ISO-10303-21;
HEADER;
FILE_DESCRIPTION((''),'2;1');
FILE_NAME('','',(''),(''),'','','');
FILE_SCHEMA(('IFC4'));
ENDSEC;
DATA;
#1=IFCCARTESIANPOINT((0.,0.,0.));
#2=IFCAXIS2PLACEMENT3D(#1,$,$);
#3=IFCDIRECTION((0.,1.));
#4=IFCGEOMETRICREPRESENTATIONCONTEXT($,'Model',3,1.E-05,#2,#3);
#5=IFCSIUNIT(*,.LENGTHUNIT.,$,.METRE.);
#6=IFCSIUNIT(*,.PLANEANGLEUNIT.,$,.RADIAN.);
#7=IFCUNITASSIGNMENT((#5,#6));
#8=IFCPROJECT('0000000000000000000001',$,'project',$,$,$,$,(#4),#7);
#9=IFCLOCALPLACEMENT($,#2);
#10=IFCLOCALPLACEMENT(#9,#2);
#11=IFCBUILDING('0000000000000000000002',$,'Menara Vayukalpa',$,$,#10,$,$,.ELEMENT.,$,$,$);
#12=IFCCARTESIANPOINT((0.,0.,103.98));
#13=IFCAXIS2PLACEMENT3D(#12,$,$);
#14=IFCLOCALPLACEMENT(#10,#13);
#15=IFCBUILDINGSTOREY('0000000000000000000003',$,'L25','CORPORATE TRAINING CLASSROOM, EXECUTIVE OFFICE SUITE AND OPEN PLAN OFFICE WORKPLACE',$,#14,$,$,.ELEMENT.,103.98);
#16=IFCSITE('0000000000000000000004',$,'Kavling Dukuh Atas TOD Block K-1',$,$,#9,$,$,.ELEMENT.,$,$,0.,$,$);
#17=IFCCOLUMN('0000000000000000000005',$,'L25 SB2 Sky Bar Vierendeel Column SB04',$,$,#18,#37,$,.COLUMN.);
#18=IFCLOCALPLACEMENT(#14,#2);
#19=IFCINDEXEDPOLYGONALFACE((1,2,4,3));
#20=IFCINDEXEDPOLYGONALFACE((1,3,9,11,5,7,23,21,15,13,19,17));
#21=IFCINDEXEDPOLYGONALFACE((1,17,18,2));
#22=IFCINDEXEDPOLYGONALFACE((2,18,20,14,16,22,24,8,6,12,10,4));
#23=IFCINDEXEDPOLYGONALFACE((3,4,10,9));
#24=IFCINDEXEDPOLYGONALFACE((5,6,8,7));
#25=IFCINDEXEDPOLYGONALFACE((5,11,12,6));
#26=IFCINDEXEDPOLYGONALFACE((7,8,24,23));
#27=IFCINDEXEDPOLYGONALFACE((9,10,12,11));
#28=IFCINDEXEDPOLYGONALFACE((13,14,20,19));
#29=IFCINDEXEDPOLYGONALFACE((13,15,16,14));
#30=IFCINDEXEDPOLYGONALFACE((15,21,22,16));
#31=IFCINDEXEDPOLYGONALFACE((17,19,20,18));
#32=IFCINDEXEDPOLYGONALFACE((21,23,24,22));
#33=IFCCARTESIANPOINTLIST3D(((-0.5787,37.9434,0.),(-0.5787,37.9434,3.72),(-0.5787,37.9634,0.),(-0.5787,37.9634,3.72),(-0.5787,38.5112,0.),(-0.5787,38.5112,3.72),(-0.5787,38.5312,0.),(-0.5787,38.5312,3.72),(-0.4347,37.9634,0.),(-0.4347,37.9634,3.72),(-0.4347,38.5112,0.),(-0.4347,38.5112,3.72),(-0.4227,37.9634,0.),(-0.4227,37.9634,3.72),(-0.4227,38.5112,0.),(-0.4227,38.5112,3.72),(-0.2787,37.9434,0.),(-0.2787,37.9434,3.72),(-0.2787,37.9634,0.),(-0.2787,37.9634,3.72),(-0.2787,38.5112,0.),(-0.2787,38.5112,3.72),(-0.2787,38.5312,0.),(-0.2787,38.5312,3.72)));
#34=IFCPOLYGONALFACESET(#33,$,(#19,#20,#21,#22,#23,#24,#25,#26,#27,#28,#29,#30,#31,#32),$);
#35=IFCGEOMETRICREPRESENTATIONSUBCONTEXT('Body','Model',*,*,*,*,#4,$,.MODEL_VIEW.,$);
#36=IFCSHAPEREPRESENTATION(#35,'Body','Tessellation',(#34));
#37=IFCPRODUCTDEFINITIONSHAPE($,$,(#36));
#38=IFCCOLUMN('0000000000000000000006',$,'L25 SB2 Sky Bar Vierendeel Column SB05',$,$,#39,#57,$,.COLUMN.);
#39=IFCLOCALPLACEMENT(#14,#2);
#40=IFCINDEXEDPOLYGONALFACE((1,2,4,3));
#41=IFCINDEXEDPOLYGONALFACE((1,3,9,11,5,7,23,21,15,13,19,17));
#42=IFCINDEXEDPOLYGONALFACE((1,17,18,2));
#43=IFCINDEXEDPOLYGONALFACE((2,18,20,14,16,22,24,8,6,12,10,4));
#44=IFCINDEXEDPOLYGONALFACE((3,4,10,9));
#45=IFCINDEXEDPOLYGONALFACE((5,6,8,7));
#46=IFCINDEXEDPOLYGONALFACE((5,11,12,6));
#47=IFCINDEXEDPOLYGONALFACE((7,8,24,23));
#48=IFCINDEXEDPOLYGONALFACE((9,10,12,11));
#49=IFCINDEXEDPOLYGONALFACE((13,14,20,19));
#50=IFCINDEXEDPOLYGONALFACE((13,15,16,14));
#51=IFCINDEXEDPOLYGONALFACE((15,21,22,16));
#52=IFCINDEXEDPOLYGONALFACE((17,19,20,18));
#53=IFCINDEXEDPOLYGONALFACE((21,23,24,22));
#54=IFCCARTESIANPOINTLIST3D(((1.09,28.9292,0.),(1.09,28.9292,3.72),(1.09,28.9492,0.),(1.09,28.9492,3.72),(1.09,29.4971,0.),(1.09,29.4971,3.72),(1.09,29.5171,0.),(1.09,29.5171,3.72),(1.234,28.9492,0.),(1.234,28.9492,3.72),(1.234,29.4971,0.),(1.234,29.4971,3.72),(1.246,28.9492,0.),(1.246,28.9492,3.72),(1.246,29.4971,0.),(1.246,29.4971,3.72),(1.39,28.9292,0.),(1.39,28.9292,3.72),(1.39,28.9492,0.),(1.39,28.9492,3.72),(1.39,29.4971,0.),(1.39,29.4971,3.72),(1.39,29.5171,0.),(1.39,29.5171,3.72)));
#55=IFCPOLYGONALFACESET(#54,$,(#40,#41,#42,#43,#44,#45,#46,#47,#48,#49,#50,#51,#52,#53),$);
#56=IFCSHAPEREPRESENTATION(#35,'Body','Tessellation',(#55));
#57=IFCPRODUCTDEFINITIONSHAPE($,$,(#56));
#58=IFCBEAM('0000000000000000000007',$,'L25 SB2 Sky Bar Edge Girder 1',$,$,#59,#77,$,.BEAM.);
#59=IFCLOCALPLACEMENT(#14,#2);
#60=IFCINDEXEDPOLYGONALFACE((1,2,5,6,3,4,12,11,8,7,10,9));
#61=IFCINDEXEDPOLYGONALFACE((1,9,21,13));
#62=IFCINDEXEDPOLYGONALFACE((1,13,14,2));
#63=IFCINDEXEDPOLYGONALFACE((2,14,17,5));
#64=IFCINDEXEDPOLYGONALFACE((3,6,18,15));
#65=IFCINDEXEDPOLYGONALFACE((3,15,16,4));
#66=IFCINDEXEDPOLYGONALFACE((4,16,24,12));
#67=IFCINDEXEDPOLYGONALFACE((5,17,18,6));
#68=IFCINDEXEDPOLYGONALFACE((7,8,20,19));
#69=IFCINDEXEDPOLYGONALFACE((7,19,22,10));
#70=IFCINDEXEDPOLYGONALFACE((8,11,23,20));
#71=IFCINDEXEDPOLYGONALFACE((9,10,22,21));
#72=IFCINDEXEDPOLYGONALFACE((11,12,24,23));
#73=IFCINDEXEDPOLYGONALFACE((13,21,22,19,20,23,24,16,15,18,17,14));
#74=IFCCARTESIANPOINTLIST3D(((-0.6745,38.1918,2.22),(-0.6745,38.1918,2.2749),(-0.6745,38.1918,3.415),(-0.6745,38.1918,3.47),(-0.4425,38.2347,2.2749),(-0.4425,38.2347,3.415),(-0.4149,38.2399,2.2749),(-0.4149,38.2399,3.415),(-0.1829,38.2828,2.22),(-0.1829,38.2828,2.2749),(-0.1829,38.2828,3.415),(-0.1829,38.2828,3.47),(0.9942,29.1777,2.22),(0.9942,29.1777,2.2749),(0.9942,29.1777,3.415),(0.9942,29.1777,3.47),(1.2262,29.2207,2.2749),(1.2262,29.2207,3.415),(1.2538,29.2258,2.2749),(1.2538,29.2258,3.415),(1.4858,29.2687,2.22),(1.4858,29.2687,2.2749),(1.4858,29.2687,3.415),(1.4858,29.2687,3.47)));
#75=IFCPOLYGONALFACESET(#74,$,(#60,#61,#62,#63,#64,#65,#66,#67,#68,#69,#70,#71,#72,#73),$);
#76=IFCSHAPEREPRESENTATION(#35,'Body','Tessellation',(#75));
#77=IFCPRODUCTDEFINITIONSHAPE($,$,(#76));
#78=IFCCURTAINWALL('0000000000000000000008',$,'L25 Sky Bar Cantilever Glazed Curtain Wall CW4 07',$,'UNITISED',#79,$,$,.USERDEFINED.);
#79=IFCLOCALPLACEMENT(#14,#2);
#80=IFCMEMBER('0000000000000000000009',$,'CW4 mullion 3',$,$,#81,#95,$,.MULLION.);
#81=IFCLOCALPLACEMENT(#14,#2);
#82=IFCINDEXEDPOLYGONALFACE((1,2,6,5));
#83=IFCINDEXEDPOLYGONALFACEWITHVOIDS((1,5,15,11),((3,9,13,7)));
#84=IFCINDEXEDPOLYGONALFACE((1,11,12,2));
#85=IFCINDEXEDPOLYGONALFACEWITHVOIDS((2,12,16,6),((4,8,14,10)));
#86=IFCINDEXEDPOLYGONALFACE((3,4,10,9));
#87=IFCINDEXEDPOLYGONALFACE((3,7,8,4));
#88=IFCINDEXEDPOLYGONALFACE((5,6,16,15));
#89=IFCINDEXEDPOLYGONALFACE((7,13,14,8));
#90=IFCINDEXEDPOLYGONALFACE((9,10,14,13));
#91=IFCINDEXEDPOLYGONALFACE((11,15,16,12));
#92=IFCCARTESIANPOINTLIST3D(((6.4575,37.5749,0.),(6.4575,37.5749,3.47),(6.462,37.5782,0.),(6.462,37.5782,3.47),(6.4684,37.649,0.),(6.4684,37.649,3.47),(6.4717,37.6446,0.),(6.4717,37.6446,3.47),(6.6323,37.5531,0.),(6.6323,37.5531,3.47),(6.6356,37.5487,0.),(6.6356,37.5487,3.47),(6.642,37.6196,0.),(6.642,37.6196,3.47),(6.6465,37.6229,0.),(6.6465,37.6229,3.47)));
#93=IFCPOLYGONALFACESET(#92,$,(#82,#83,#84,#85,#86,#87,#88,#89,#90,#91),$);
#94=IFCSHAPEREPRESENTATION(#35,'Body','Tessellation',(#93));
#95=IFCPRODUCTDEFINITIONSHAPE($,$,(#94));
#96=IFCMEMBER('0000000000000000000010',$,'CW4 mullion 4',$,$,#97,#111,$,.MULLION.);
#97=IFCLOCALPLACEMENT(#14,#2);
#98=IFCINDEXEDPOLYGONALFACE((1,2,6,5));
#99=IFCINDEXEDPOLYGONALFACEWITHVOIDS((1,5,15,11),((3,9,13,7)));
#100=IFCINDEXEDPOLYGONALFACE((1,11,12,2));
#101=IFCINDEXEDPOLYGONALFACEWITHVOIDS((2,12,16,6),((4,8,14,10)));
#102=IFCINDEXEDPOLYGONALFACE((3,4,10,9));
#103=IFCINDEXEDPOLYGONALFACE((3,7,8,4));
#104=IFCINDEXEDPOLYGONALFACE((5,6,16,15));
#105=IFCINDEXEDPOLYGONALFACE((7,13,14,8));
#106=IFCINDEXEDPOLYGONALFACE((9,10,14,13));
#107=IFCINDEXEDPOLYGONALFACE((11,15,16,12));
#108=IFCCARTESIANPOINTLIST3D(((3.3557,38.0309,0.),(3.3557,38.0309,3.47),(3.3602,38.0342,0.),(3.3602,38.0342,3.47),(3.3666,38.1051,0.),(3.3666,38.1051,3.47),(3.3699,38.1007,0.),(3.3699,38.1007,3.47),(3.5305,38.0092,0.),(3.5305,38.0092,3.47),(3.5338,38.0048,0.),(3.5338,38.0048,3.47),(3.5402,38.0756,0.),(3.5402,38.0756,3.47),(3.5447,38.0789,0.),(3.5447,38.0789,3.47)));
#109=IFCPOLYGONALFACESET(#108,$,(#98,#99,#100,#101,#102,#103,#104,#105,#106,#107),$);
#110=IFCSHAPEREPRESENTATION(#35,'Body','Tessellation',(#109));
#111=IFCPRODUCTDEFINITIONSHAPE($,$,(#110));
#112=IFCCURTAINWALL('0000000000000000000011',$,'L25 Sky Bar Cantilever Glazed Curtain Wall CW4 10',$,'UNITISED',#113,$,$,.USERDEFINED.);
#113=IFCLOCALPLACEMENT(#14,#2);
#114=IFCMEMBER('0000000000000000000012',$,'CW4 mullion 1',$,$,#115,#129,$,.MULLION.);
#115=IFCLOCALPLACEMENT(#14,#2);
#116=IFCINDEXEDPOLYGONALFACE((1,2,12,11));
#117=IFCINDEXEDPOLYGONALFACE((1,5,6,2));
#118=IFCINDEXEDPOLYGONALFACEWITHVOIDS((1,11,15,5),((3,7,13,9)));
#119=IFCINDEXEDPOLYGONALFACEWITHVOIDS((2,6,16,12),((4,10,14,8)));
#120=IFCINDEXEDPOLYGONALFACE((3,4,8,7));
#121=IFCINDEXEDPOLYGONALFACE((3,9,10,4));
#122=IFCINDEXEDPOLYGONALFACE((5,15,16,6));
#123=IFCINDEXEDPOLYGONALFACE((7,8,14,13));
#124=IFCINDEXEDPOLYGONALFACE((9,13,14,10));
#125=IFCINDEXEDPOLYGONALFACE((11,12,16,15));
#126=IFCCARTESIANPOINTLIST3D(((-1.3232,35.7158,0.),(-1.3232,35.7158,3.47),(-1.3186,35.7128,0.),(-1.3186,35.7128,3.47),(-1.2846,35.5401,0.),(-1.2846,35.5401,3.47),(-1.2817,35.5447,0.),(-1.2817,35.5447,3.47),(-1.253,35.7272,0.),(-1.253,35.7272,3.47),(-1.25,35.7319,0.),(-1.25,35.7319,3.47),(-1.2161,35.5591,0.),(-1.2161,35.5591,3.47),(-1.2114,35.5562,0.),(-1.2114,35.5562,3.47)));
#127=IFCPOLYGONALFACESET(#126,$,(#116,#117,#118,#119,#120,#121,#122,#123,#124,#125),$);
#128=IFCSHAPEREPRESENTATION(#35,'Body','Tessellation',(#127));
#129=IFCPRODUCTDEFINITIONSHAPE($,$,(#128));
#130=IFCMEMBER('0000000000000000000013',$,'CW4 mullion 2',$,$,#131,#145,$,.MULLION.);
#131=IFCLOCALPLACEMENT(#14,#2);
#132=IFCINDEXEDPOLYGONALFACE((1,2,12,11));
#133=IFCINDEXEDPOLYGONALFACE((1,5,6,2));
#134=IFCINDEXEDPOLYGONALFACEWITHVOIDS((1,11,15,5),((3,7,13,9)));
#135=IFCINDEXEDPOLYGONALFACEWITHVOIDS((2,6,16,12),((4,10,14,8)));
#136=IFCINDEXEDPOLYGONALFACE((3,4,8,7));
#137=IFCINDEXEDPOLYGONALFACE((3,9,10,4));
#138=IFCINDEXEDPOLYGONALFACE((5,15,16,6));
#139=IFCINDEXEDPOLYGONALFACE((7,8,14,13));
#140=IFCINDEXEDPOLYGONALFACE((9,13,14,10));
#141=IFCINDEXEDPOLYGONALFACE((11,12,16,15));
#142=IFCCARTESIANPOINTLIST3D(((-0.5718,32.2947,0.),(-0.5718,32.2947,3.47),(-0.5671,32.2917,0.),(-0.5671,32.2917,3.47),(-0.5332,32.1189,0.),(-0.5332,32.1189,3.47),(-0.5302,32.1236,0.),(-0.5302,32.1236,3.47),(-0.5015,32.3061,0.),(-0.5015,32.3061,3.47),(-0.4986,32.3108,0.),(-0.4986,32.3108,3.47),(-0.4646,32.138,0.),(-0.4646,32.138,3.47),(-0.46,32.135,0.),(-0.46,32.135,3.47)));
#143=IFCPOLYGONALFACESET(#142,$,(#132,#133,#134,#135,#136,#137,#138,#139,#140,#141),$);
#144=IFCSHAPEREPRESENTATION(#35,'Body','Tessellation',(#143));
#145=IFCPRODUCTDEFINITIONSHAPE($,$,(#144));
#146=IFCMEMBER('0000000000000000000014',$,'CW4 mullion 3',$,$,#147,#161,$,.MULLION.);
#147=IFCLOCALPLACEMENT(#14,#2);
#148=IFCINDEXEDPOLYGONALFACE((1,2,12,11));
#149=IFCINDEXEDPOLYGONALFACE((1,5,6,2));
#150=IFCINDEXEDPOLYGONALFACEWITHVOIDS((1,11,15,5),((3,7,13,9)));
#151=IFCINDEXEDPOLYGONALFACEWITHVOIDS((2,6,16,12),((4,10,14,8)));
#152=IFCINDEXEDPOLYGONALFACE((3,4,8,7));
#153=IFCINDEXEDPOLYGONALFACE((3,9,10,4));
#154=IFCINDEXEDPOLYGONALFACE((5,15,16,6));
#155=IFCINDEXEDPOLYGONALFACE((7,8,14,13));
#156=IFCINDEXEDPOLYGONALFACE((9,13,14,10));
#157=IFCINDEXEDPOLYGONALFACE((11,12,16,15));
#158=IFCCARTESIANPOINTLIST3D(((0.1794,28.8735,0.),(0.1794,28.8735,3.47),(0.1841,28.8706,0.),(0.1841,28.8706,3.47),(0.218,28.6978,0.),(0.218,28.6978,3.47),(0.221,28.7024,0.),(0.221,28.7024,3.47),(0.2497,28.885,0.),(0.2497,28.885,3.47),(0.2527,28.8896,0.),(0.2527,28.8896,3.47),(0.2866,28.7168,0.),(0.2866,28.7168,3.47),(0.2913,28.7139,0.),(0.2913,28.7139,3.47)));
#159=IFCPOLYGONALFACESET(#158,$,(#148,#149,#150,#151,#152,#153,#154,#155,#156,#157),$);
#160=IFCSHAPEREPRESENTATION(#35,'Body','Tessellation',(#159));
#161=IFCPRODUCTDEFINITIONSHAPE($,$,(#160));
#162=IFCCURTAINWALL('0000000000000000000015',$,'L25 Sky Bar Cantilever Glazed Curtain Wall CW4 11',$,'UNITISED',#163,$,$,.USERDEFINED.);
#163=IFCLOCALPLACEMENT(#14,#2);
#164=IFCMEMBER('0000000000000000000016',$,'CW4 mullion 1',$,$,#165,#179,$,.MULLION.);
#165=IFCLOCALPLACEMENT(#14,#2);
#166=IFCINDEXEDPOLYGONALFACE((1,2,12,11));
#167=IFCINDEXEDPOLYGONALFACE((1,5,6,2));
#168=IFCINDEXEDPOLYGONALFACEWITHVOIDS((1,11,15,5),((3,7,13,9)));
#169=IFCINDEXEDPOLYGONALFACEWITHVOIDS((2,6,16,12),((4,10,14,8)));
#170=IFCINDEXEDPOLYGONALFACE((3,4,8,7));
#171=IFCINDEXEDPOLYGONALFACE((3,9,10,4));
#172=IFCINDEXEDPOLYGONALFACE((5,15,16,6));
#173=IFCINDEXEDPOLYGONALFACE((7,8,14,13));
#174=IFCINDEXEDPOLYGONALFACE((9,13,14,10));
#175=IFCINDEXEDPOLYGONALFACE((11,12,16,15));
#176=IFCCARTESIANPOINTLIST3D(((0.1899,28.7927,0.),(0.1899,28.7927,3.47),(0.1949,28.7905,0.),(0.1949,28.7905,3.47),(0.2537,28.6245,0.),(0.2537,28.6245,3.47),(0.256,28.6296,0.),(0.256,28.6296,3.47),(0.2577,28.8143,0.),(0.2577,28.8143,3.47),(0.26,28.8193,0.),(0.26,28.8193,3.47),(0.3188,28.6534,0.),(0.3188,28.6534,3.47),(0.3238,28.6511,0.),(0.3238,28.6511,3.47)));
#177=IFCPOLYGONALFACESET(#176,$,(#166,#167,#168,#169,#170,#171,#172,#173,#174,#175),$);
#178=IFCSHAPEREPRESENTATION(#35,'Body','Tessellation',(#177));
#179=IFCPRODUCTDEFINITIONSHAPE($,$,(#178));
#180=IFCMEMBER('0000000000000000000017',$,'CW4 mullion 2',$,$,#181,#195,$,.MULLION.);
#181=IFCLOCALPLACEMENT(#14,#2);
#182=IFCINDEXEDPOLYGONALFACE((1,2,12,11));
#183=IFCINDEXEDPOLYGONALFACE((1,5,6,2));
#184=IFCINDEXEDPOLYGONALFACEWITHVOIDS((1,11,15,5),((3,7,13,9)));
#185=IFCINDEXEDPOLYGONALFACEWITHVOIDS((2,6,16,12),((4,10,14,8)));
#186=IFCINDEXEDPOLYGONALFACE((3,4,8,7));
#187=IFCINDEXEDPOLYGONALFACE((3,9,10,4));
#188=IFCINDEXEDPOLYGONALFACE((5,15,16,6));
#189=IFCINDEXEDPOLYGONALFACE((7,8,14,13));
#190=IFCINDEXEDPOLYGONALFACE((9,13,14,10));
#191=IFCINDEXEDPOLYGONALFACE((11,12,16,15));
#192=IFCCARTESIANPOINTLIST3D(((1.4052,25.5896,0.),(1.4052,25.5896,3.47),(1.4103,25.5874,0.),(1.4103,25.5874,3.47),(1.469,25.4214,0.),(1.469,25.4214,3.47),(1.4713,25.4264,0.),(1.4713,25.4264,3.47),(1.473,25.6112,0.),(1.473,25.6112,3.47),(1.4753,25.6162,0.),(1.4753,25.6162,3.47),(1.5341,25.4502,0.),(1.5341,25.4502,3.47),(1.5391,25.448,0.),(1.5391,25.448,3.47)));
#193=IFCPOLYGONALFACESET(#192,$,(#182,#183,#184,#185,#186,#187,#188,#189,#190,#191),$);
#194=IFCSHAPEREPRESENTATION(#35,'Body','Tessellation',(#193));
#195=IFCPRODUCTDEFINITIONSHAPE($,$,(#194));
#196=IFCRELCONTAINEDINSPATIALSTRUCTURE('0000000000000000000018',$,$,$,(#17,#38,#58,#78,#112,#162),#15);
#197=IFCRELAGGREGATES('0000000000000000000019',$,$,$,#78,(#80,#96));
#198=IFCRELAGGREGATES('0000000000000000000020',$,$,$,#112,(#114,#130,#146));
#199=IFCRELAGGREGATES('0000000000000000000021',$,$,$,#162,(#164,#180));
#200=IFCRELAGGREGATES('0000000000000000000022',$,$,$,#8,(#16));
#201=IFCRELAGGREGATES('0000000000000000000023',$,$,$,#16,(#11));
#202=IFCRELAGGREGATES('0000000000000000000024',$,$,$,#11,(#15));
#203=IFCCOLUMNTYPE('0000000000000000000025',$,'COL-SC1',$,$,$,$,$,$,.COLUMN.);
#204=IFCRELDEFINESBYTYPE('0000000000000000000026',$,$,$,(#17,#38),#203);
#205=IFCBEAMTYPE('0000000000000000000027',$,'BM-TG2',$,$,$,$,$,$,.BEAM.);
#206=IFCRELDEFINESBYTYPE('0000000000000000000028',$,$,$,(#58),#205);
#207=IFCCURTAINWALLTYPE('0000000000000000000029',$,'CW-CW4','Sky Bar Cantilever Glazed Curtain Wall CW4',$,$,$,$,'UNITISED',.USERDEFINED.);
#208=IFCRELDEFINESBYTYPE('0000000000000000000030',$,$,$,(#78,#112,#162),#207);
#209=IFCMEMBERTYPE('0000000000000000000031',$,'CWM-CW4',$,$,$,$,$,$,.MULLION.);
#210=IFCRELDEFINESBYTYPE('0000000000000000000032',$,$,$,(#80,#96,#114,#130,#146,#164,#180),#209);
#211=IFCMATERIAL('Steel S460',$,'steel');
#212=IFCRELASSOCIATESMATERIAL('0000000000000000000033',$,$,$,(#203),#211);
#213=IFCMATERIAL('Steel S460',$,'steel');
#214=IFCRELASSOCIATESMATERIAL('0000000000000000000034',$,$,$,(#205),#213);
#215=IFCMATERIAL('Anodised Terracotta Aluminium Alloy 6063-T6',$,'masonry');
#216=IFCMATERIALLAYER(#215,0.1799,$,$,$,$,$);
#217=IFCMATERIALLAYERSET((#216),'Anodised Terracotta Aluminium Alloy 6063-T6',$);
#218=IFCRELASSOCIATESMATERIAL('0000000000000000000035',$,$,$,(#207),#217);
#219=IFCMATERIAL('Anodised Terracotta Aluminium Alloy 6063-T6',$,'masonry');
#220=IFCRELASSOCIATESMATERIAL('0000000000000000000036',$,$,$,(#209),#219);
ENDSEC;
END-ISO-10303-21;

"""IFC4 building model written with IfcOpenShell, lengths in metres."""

from ifc_helpers import new_model, si_unit, direction, frame, origin, origin_2d, place, context, subcontext, project, spatial, hollow_rectangle, i_section, extrude, material, layer, layer_set, material_profile, profile_set, type_object, element, aggregate, save


model = new_model("IFC4")

# Units and contexts
model_context = context("Model", 3, precision=1e-05, world=origin(), true_north=direction((0.0, 1.0)))
body_context = subcontext(model_context, "Body", "Model", "MODEL_VIEW")
ifc_project = project(units=[si_unit("LENGTHUNIT", "METRE"), si_unit("PLANEANGLEUNIT", "RADIAN")], contexts=[model_context])

# Site, building, storey
site_placement = place(None, origin())
site = spatial("IfcSite", under=ifc_project, at=site_placement, Name="Kavling Dukuh Atas TOD Block K-1", CompositionType="ELEMENT", RefElevation=0.0)
building_placement = place(site_placement, origin())
building = spatial("IfcBuilding", under=site, at=building_placement, Name="Menara Vayukalpa", CompositionType="ELEMENT")
storey_placement = place(building_placement, frame((0.0, 0.0, 103.98)))
storey = spatial("IfcBuildingStorey", under=building, at=storey_placement, Name="L25", Description="CORPORATE TRAINING CLASSROOM, EXECUTIVE OFFICE SUITE AND OPEN PLAN OFFICE WORKPLACE", CompositionType="ELEMENT", Elevation=103.98)

# Columns
ifc_material_1 = material(Name="Steel S460", Category="steel")
ifc_material_profile_1 = material_profile(ifc_material_1, i_section(OverallWidth=0.3, OverallDepth=0.5879, WebThickness=0.012, FlangeThickness=0.02, at=origin_2d()), Name="H 588x300x12x20")
ifc_profile_set_1 = profile_set([ifc_material_profile_1], Name="Steel S460")
column_type = type_object("IfcColumnType", Name="COL-SC1", PredefinedType="COLUMN", material=ifc_profile_set_1)
for number, where, z_axis, x_axis, name in (
    (1, (-0.4287, 38.2373, 0.0), (0.0, 0.0, 1.0), (1.0, 0.0, 0.0), "L25 SB2 Sky Bar Vierendeel Column SB04"),
    (2, (1.24, 29.2231, 0.0), (0.0, 0.0, 1.0), (1.0, 0.0, 0.0), "L25 SB2 Sky Bar Vierendeel Column SB05"),
):
    element("IfcColumn", number, at=place(storey_placement, frame(where, z_axis=z_axis, x_axis=x_axis)), inside=storey, type_object=column_type, Name=name, PredefinedType="COLUMN", context=body_context, shape_type="SweptSolid", body=[
        extrude(i_section(OverallWidth=0.3, OverallDepth=0.5879, WebThickness=0.012, FlangeThickness=0.02, at=origin_2d()), origin(), (0.0, 0.0, 1.0), 3.72),
    ])

# Beam
ifc_material_2 = material(Name="Steel S460", Category="steel")
ifc_material_profile_2 = material_profile(ifc_material_2, i_section(OverallWidth=0.5, OverallDepth=1.25, WebThickness=0.0281, FlangeThickness=0.0549, at=origin_2d()), Name="WG 1250x500x28x55")
ifc_profile_set_2 = profile_set([ifc_material_profile_2], Name="Steel S460")
beam_type = type_object("IfcBeamType", Name="BM-TG2", PredefinedType="BEAM", material=ifc_profile_set_2)
beam_placement = place(storey_placement, frame((-0.4287, 38.2373, 2.845), z_axis=(0.182027, -0.983293, 0.0), x_axis=(0.983293, 0.182027, 0.0)))
element("IfcBeam", 3, at=beam_placement, inside=storey, type_object=beam_type, Name="L25 SB2 Sky Bar Edge Girder 1", PredefinedType="BEAM", context=body_context, shape_type="SweptSolid", body=[
    extrude(i_section(OverallWidth=0.5, OverallDepth=1.25, WebThickness=0.0281, FlangeThickness=0.0549, at=origin_2d()), origin(), (0.0, 0.0, 1.0), 9.1672),
])

# Curtain walls, members
ifc_material_3 = material(Name="Anodised Terracotta Aluminium Alloy 6063-T6", Category="masonry")
ifc_layer_1 = layer(ifc_material_3, 0.1799)
ifc_layer_set_1 = layer_set([ifc_layer_1], Name="Anodised Terracotta Aluminium Alloy 6063-T6")
curtain_wall_type = type_object("IfcCurtainWallType", Name="CW-CW4", Description="Sky Bar Cantilever Glazed Curtain Wall CW4", ElementType="UNITISED", PredefinedType="USERDEFINED", material=ifc_layer_set_1)
curtain_wall_1_placement = place(storey_placement, origin())
curtain_wall_1 = element("IfcCurtainWall", 4, at=curtain_wall_1_placement, inside=storey, type_object=curtain_wall_type, Name="L25 Sky Bar Cantilever Glazed Curtain Wall CW4 07", ObjectType="UNITISED", PredefinedType="USERDEFINED")
ifc_material_4 = material(Name="Anodised Terracotta Aluminium Alloy 6063-T6", Category="masonry")
ifc_material_profile_3 = material_profile(ifc_material_4, hollow_rectangle(XDim=0.075, YDim=0.1799, WallThickness=0.0039, at=origin_2d()), Name="ALU 75x180x4")
ifc_profile_set_3 = profile_set([ifc_material_profile_3], Name="Anodised Terracotta Aluminium Alloy 6063-T6")
member_type_1 = type_object("IfcMemberType", Name="CWM-CW4", PredefinedType="MULLION", material=ifc_profile_set_3)
member_1_placement = place(storey_placement, frame((6.552, 37.5989, 0.0), z_axis=(0.0, 0.0, 1.0), x_axis=(-0.145451, -0.989365, 0.0)))
member_1 = element("IfcMember", 5, at=member_1_placement, type_object=member_type_1, Name="CW4 mullion 3", PredefinedType="MULLION", context=body_context, shape_type="SweptSolid", body=[
    extrude(hollow_rectangle(XDim=0.075, YDim=0.1799, WallThickness=0.0039, at=origin_2d()), origin(), (0.0, 0.0, 1.0), 3.47),
])
member_2_placement = place(storey_placement, frame((3.4502, 38.0549, 0.0), z_axis=(0.0, 0.0, 1.0), x_axis=(-0.145451, -0.989365, 0.0)))
member_2 = element("IfcMember", 6, at=member_2_placement, type_object=member_type_1, Name="CW4 mullion 4", PredefinedType="MULLION", context=body_context, shape_type="SweptSolid", body=[
    extrude(hollow_rectangle(XDim=0.075, YDim=0.1799, WallThickness=0.0039, at=origin_2d()), origin(), (0.0, 0.0, 1.0), 3.47),
])
curtain_wall_2_placement = place(storey_placement, origin())
curtain_wall_2 = element("IfcCurtainWall", 7, at=curtain_wall_2_placement, inside=storey, type_object=curtain_wall_type, Name="L25 Sky Bar Cantilever Glazed Curtain Wall CW4 10", ObjectType="UNITISED", PredefinedType="USERDEFINED")
member_3_placement = place(storey_placement, frame((-1.2673, 35.636, 0.0), z_axis=(0.0, 0.0, 1.0), x_axis=(0.976722, 0.21451, 0.0)))
member_3 = element("IfcMember", 8, at=member_3_placement, type_object=member_type_1, Name="CW4 mullion 1", PredefinedType="MULLION", context=body_context, shape_type="SweptSolid", body=[
    extrude(hollow_rectangle(XDim=0.075, YDim=0.1799, WallThickness=0.0039, at=origin_2d()), origin(), (0.0, 0.0, 1.0), 3.47),
])
member_4_placement = place(storey_placement, frame((-0.5159, 32.2148, 0.0), z_axis=(0.0, 0.0, 1.0), x_axis=(0.976722, 0.21451, 0.0)))
member_4 = element("IfcMember", 9, at=member_4_placement, type_object=member_type_1, Name="CW4 mullion 2", PredefinedType="MULLION", context=body_context, shape_type="SweptSolid", body=[
    extrude(hollow_rectangle(XDim=0.075, YDim=0.1799, WallThickness=0.0039, at=origin_2d()), origin(), (0.0, 0.0, 1.0), 3.47),
])
member_5_placement = place(storey_placement, frame((0.2354, 28.7937, 0.0), z_axis=(0.0, 0.0, 1.0), x_axis=(0.976722, 0.21451, 0.0)))
member_5 = element("IfcMember", 10, at=member_5_placement, type_object=member_type_1, Name="CW4 mullion 3", PredefinedType="MULLION", context=body_context, shape_type="SweptSolid", body=[
    extrude(hollow_rectangle(XDim=0.075, YDim=0.1799, WallThickness=0.0039, at=origin_2d()), origin(), (0.0, 0.0, 1.0), 3.47),
])
curtain_wall_3_placement = place(storey_placement, origin())
curtain_wall_3 = element("IfcCurtainWall", 11, at=curtain_wall_3_placement, inside=storey, type_object=curtain_wall_type, Name="L25 Sky Bar Cantilever Glazed Curtain Wall CW4 11", ObjectType="UNITISED", PredefinedType="USERDEFINED")
member_6_placement = place(storey_placement, frame((0.2568, 28.7219, 0.0), z_axis=(0.0, 0.0, 1.0), x_axis=(0.934964, 0.354742, 0.0)))
member_6 = element("IfcMember", 12, at=member_6_placement, type_object=member_type_1, Name="CW4 mullion 1", PredefinedType="MULLION", context=body_context, shape_type="SweptSolid", body=[
    extrude(hollow_rectangle(XDim=0.075, YDim=0.1799, WallThickness=0.0039, at=origin_2d()), origin(), (0.0, 0.0, 1.0), 3.47),
])
member_7_placement = place(storey_placement, frame((1.4722, 25.5188, 0.0), z_axis=(0.0, 0.0, 1.0), x_axis=(0.934964, 0.354742, 0.0)))
member_7 = element("IfcMember", 13, at=member_7_placement, type_object=member_type_1, Name="CW4 mullion 2", PredefinedType="MULLION", context=body_context, shape_type="SweptSolid", body=[
    extrude(hollow_rectangle(XDim=0.075, YDim=0.1799, WallThickness=0.0039, at=origin_2d()), origin(), (0.0, 0.0, 1.0), 3.47),
])

aggregate(curtain_wall_1, [member_1, member_2])
aggregate(curtain_wall_2, [member_3, member_4, member_5])
aggregate(curtain_wall_3, [member_6, member_7])

save(model, "model.ifc")
